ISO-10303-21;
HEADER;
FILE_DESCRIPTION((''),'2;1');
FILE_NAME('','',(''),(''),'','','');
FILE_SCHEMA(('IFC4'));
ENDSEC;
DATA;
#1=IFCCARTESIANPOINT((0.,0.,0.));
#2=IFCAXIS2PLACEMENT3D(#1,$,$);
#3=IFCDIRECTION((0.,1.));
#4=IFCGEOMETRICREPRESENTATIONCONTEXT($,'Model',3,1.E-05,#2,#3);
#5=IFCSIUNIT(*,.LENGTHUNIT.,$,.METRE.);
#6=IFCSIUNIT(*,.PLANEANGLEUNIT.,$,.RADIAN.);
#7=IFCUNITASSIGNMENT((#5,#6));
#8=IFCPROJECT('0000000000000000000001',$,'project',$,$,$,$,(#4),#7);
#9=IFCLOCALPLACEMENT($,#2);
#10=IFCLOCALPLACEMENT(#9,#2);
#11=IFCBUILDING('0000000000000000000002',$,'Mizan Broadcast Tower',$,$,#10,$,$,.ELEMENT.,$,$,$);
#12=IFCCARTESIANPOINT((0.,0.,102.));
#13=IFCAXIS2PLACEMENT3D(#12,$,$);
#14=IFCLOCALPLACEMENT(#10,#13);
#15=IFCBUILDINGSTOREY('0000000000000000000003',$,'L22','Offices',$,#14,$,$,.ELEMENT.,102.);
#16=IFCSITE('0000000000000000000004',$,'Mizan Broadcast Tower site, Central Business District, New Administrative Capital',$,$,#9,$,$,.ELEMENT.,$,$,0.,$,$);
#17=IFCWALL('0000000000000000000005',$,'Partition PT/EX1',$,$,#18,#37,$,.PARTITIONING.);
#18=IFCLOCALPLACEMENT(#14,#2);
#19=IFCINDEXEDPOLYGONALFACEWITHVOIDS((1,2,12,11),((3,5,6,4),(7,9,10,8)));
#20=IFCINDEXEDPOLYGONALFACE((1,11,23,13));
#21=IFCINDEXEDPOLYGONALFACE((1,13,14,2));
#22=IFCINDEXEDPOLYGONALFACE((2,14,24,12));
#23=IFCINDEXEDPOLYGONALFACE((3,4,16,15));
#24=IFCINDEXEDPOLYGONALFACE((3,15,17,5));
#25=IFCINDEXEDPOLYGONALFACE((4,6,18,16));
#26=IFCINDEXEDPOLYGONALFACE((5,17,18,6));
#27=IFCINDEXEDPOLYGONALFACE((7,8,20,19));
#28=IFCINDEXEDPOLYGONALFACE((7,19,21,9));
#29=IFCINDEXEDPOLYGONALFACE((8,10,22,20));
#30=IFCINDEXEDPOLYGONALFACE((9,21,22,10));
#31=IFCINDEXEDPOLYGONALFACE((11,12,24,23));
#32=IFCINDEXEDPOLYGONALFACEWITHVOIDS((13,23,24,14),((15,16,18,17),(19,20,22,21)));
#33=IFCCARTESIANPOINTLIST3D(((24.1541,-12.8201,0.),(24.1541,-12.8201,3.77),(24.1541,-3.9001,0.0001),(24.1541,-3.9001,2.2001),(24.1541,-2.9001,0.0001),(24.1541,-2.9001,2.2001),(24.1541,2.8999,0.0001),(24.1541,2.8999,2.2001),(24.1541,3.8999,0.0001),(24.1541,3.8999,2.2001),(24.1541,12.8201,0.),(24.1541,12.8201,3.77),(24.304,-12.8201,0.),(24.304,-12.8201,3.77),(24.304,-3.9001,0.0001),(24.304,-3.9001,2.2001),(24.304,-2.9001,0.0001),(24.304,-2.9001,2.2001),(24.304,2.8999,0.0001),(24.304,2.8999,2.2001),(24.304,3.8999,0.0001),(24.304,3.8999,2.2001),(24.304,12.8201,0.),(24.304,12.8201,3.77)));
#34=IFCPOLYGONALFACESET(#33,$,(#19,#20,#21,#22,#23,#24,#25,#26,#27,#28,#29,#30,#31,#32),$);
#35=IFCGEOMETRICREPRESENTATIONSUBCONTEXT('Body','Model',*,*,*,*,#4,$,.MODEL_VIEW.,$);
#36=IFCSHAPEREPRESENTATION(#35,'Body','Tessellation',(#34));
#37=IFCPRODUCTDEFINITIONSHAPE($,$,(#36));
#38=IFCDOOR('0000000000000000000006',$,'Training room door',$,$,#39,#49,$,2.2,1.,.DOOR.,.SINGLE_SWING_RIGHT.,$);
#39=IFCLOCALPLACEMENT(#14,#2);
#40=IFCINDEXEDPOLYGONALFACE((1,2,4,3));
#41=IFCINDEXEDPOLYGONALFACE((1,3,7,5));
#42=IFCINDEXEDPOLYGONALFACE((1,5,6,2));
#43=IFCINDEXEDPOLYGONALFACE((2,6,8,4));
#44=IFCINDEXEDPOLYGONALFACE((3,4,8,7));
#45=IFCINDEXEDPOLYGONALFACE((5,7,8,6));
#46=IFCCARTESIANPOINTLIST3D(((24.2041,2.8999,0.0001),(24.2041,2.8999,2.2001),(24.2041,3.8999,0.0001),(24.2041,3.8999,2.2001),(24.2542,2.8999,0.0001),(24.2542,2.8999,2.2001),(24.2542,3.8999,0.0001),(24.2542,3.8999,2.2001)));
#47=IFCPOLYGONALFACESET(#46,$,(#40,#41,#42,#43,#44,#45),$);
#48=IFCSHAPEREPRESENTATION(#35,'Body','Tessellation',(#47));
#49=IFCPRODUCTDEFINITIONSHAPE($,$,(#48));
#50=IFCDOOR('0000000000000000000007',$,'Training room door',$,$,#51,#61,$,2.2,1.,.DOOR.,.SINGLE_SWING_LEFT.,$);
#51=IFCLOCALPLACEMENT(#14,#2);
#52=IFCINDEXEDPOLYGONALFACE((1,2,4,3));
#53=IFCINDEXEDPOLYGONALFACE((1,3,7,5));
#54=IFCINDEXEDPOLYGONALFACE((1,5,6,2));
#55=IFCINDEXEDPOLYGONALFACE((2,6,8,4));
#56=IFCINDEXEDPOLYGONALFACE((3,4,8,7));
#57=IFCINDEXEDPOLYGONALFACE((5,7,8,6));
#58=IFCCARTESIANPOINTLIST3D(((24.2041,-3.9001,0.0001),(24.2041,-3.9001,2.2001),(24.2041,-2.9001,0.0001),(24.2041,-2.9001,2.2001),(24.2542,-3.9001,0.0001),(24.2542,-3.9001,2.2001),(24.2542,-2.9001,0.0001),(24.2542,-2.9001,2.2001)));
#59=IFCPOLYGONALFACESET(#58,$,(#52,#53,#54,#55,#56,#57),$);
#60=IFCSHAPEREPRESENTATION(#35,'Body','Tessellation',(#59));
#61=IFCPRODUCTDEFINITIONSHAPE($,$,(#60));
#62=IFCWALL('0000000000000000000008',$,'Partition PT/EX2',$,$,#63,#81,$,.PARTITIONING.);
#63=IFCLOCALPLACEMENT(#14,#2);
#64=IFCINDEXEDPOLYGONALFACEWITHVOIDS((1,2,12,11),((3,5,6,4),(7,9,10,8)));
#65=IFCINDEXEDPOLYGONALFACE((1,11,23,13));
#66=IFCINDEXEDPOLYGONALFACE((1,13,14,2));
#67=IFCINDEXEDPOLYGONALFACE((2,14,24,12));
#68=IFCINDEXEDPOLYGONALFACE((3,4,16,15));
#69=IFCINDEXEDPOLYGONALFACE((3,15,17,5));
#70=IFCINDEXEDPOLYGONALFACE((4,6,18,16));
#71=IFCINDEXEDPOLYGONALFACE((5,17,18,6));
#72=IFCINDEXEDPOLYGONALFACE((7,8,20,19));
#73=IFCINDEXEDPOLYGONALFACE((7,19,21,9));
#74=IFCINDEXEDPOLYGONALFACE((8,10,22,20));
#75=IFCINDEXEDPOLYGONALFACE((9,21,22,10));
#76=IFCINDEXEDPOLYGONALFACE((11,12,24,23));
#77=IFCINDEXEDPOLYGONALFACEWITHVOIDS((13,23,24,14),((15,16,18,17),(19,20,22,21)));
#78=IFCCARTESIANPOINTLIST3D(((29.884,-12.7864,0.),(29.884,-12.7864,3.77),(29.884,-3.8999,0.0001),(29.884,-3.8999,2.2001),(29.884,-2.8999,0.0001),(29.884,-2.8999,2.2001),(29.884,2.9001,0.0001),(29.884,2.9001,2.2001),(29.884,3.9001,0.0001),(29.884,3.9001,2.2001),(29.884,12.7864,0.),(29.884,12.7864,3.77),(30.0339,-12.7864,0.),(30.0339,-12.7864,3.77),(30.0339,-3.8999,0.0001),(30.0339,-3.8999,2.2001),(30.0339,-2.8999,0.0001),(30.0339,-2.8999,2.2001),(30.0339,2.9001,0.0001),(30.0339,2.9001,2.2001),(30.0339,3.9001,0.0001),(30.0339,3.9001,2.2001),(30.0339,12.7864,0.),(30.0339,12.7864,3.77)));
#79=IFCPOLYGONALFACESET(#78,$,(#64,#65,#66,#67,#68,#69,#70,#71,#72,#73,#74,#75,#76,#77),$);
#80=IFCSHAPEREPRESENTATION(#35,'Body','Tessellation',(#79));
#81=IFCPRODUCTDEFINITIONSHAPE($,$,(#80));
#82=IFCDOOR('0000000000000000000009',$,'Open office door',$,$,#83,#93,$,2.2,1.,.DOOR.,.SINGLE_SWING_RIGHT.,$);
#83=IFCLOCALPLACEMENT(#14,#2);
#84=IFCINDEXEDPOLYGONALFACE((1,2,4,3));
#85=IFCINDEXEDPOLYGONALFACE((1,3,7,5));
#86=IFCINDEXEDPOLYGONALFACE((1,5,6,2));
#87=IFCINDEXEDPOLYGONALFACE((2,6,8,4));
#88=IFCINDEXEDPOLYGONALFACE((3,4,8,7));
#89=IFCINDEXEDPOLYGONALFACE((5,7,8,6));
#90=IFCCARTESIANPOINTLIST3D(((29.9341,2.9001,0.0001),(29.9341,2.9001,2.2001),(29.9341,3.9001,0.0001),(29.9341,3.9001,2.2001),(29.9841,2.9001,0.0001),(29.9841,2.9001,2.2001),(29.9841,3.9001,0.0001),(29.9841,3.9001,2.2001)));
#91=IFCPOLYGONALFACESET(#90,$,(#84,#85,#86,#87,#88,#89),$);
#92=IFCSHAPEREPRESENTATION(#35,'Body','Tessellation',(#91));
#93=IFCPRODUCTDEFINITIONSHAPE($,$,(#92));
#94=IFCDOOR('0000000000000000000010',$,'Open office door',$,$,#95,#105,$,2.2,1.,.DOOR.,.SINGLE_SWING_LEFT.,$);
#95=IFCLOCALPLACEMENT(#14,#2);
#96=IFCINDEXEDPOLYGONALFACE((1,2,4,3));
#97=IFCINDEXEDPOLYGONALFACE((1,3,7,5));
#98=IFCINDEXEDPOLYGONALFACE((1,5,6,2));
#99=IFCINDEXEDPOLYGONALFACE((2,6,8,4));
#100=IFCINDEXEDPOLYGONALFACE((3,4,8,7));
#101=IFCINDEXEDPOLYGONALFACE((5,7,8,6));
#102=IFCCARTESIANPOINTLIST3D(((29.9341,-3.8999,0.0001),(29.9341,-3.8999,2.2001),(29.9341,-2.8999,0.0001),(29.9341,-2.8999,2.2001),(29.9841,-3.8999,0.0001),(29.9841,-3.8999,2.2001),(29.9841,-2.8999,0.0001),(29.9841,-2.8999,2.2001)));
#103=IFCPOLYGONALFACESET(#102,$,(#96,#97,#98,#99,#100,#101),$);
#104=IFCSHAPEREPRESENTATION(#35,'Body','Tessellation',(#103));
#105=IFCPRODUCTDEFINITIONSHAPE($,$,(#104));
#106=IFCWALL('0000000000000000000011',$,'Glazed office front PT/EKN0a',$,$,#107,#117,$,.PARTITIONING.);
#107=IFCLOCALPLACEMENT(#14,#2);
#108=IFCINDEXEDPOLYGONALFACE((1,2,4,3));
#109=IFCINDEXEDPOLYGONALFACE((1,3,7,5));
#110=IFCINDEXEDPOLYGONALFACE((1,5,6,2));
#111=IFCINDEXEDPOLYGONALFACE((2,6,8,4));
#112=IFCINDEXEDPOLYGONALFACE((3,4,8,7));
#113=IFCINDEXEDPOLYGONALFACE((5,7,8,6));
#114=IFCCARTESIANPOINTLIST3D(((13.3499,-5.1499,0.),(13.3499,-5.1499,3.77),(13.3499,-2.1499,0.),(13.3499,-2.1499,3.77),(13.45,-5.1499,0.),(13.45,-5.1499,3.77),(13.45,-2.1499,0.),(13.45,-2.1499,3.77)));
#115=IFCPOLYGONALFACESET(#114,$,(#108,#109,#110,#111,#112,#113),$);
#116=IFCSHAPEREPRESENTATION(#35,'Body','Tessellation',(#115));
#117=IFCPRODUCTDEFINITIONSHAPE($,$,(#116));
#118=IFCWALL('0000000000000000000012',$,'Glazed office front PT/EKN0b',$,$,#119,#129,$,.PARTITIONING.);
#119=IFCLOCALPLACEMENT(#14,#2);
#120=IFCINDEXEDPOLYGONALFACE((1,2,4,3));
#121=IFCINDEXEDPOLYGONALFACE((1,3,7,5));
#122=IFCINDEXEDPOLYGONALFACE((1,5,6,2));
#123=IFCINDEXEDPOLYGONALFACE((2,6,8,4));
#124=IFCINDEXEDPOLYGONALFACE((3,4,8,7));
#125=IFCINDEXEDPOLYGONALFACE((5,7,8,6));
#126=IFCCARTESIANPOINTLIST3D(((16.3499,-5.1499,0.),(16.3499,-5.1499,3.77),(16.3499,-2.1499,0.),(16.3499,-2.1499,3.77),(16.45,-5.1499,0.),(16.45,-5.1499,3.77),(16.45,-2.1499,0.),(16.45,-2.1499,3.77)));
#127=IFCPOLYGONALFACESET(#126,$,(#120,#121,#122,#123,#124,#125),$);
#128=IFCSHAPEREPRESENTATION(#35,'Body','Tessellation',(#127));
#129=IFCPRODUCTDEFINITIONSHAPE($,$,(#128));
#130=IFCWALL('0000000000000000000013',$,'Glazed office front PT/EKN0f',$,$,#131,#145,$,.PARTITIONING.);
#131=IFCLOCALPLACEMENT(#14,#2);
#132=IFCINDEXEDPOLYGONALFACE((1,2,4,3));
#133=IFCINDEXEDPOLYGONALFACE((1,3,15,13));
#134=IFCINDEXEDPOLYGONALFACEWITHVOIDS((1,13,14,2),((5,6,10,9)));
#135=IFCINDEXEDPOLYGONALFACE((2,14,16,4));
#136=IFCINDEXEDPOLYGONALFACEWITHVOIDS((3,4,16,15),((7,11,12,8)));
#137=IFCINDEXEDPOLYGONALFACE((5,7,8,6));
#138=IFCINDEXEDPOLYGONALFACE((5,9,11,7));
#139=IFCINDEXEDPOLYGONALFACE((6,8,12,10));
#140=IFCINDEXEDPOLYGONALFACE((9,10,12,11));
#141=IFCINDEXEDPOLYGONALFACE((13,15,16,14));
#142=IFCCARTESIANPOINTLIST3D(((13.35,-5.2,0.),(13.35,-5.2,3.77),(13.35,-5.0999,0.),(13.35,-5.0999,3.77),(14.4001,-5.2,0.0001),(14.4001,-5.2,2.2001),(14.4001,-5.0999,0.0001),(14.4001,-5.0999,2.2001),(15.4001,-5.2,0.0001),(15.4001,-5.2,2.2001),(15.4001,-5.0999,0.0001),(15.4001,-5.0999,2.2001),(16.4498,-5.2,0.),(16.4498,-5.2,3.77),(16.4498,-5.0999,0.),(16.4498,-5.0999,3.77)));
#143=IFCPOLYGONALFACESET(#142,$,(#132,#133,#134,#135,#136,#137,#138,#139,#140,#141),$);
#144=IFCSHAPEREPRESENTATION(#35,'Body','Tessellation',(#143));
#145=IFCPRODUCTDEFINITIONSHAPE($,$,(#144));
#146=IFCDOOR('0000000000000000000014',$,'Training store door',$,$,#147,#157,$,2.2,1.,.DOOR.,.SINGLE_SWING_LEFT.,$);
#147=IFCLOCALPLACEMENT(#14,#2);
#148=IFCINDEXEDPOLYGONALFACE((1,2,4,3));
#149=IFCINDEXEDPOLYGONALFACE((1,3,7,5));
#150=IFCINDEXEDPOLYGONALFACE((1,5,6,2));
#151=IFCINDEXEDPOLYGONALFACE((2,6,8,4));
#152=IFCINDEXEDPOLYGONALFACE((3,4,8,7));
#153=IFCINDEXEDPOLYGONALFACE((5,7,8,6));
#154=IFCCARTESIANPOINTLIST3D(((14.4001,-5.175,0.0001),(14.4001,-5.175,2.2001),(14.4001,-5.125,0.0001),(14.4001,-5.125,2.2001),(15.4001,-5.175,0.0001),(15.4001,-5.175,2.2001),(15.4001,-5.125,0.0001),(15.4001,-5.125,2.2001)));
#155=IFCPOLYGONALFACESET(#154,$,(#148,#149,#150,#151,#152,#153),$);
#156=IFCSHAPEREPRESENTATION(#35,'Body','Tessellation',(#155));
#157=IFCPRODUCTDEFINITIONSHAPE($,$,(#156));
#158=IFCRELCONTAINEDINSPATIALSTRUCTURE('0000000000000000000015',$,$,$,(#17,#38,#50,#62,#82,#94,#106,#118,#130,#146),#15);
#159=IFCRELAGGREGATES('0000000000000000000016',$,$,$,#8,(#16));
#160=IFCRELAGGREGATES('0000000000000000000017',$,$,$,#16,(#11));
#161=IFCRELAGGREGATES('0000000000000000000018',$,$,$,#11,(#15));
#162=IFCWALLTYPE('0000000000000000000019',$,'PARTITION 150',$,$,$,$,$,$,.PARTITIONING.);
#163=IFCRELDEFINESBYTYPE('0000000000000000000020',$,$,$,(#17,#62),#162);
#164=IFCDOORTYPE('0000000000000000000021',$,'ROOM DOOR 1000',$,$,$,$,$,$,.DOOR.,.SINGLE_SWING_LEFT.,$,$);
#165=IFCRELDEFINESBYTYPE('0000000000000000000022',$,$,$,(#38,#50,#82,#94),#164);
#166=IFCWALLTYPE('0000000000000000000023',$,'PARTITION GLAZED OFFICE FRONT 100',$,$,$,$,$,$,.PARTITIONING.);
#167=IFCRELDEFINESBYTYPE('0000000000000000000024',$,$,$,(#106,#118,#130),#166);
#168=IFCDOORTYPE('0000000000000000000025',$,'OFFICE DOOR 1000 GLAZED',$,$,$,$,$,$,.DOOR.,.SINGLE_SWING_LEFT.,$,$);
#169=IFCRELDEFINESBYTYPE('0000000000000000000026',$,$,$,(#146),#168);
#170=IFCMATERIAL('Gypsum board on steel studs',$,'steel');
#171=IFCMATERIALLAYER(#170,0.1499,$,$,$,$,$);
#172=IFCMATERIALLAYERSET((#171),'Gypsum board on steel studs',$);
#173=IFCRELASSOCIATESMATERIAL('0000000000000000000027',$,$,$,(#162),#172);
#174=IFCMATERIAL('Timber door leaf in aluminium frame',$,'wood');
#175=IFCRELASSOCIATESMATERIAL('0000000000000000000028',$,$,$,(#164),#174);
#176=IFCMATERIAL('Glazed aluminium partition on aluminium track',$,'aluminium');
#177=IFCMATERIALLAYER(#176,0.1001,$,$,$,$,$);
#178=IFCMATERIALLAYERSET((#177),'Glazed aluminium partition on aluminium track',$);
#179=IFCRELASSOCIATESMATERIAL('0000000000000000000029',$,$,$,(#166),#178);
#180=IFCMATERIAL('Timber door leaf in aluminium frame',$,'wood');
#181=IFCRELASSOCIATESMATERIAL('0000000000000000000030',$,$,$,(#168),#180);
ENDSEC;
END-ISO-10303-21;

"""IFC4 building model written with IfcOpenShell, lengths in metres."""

from ifc_helpers import new_model, si_unit, direction, frame, frame_2d, origin, place, context, subcontext, project, spatial, rectangle, extrude, material, layer, layer_set, type_object, element, fill, save


model = new_model("IFC4")

# Units and contexts
model_context = context("Model", 3, precision=1e-05, world=origin(), true_north=direction((0.0, 1.0)))
body_context = subcontext(model_context, "Body", "Model", "MODEL_VIEW")
ifc_project = project(units=[si_unit("LENGTHUNIT", "METRE"), si_unit("PLANEANGLEUNIT", "RADIAN")], contexts=[model_context])

# Site, building, storey
site_placement = place(None, origin())
site = spatial("IfcSite", under=ifc_project, at=site_placement, Name="Mizan Broadcast Tower site, Central Business District, New Administrative Capital", CompositionType="ELEMENT", RefElevation=0.0)
building_placement = place(site_placement, origin())
building = spatial("IfcBuilding", under=site, at=building_placement, Name="Mizan Broadcast Tower", CompositionType="ELEMENT")
storey_placement = place(building_placement, frame((0.0, 0.0, 102.0)))
storey = spatial("IfcBuildingStorey", under=building, at=storey_placement, Name="L22", Description="Offices", CompositionType="ELEMENT", Elevation=102.0)

# Walls, openings, doors
ifc_material_1 = material(Name="Gypsum board on steel studs", Category="steel")
ifc_layer_1 = layer(ifc_material_1, 0.1499)
ifc_layer_set_1 = layer_set([ifc_layer_1], Name="Gypsum board on steel studs")
wall_type_1 = type_object("IfcWallType", Name="PARTITION 150", PredefinedType="PARTITIONING", material=ifc_layer_set_1)
wall_1_placement = place(storey_placement, frame((24.229, -12.8201, 0.0), z_axis=(0.0, 0.0, 1.0), x_axis=(0.0, 1.0, 0.0)))
wall_1 = element("IfcWall", 1, at=wall_1_placement, inside=storey, type_object=wall_type_1, Name="Partition PT/EX1", PredefinedType="PARTITIONING", context=body_context, shape_type="SweptSolid", body=[
    extrude(rectangle(XDim=25.6401, YDim=0.1499, at=frame_2d((12.8201, 0.0))), origin(), (0.0, 0.0, 1.0), 3.77),
])
opening_1_placement = place(wall_1_placement, frame((15.72, 0.0, 0.0)))
opening_1 = element("IfcOpeningElement", 2, at=opening_1_placement, cuts=wall_1, PredefinedType="OPENING", context=body_context, shape_type="SweptSolid", body=[
    extrude(rectangle(XDim=1.0, YDim=2.2, at=frame_2d((0.5, 1.1001))), frame((0.0, 0.085, 0.0), z_axis=(0.0, -1.0, 0.0), x_axis=(1.0, 0.0, 0.0)), (0.0, 0.0, 1.0), 0.1699),
])
opening_2_placement = place(wall_1_placement, frame((8.9199, 0.0, 0.0)))
opening_2 = element("IfcOpeningElement", 3, at=opening_2_placement, cuts=wall_1, PredefinedType="OPENING", context=body_context, shape_type="SweptSolid", body=[
    extrude(rectangle(XDim=1.0, YDim=2.2, at=frame_2d((0.5, 1.1001))), frame((0.0, 0.085, 0.0), z_axis=(0.0, -1.0, 0.0), x_axis=(1.0, 0.0, 0.0)), (0.0, 0.0, 1.0), 0.1699),
])
ifc_material_2 = material(Name="Timber door leaf in aluminium frame", Category="wood")
door_type_1 = type_object("IfcDoorType", Name="ROOM DOOR 1000", OperationType="SINGLE_SWING_LEFT", PredefinedType="DOOR", material=ifc_material_2)
door_1_placement = place(opening_1_placement, origin())
door_1 = element("IfcDoor", 4, at=door_1_placement, inside=storey, type_object=door_type_1, Name="Training room door", OperationType="SINGLE_SWING_RIGHT", OverallHeight=2.2, OverallWidth=1.0, PredefinedType="DOOR", context=body_context, shape_type="SweptSolid", body=[
    extrude(rectangle(XDim=1.0, YDim=2.2, at=frame_2d((0.5, 1.1001))), frame((0.0, 0.0249, 0.0), z_axis=(0.0, -1.0, 0.0), x_axis=(1.0, 0.0, 0.0)), (0.0, 0.0, 1.0), 0.05),
])
fill(opening_1, door_1)
door_2_placement = place(opening_2_placement, origin())
door_2 = element("IfcDoor", 5, at=door_2_placement, inside=storey, type_object=door_type_1, Name="Training room door", OperationType="SINGLE_SWING_LEFT", OverallHeight=2.2, OverallWidth=1.0, PredefinedType="DOOR", context=body_context, shape_type="SweptSolid", body=[
    extrude(rectangle(XDim=1.0, YDim=2.2, at=frame_2d((0.5, 1.1001))), frame((0.0, 0.0249, 0.0), z_axis=(0.0, -1.0, 0.0), x_axis=(1.0, 0.0, 0.0)), (0.0, 0.0, 1.0), 0.05),
])
fill(opening_2, door_2)
wall_2_placement = place(storey_placement, frame((29.959, -12.7864, 0.0), z_axis=(0.0, 0.0, 1.0), x_axis=(0.0, 1.0, 0.0)))
wall_2 = element("IfcWall", 6, at=wall_2_placement, inside=storey, type_object=wall_type_1, Name="Partition PT/EX2", PredefinedType="PARTITIONING", context=body_context, shape_type="SweptSolid", body=[
    extrude(rectangle(XDim=25.5728, YDim=0.1499, at=frame_2d((12.7864, 0.0))), origin(), (0.0, 0.0, 1.0), 3.77),
])
opening_3_placement = place(wall_2_placement, frame((15.6865, 0.0, 0.0)))
opening_3 = element("IfcOpeningElement", 7, at=opening_3_placement, cuts=wall_2, PredefinedType="OPENING", context=body_context, shape_type="SweptSolid", body=[
    extrude(rectangle(XDim=1.0, YDim=2.2, at=frame_2d((0.5, 1.1001))), frame((0.0, 0.085, 0.0), z_axis=(0.0, -1.0, 0.0), x_axis=(1.0, 0.0, 0.0)), (0.0, 0.0, 1.0), 0.1699),
])
opening_4_placement = place(wall_2_placement, frame((8.8865, 0.0, 0.0)))
opening_4 = element("IfcOpeningElement", 8, at=opening_4_placement, cuts=wall_2, PredefinedType="OPENING", context=body_context, shape_type="SweptSolid", body=[
    extrude(rectangle(XDim=1.0, YDim=2.2, at=frame_2d((0.5, 1.1001))), frame((0.0, 0.085, 0.0), z_axis=(0.0, -1.0, 0.0), x_axis=(1.0, 0.0, 0.0)), (0.0, 0.0, 1.0), 0.1699),
])
door_3_placement = place(opening_3_placement, origin())
door_3 = element("IfcDoor", 9, at=door_3_placement, inside=storey, type_object=door_type_1, Name="Open office door", OperationType="SINGLE_SWING_RIGHT", OverallHeight=2.2, OverallWidth=1.0, PredefinedType="DOOR", context=body_context, shape_type="SweptSolid", body=[
    extrude(rectangle(XDim=1.0, YDim=2.2, at=frame_2d((0.5, 1.1001))), frame((0.0, 0.0249, 0.0), z_axis=(0.0, -1.0, 0.0), x_axis=(1.0, 0.0, 0.0)), (0.0, 0.0, 1.0), 0.05),
])
fill(opening_3, door_3)
door_4_placement = place(opening_4_placement, origin())
door_4 = element("IfcDoor", 10, at=door_4_placement, inside=storey, type_object=door_type_1, Name="Open office door", OperationType="SINGLE_SWING_LEFT", OverallHeight=2.2, OverallWidth=1.0, PredefinedType="DOOR", context=body_context, shape_type="SweptSolid", body=[
    extrude(rectangle(XDim=1.0, YDim=2.2, at=frame_2d((0.5, 1.1001))), frame((0.0, 0.0249, 0.0), z_axis=(0.0, -1.0, 0.0), x_axis=(1.0, 0.0, 0.0)), (0.0, 0.0, 1.0), 0.05),
])
fill(opening_4, door_4)

# Walls
ifc_material_3 = material(Name="Glazed aluminium partition on aluminium track", Category="aluminium")
ifc_layer_2 = layer(ifc_material_3, 0.1001)
ifc_layer_set_2 = layer_set([ifc_layer_2], Name="Glazed aluminium partition on aluminium track")
wall_type_2 = type_object("IfcWallType", Name="PARTITION GLAZED OFFICE FRONT 100", PredefinedType="PARTITIONING", material=ifc_layer_set_2)
for number, where, z_axis, x_axis, name in (
    (11, (13.3999, -2.1499, 0.0), (0.0, 0.0, 1.0), (0.0, -1.0, 0.0), "Glazed office front PT/EKN0a"),
    (12, (16.3999, -2.1499, 0.0), (0.0, 0.0, 1.0), (0.0, -1.0, 0.0), "Glazed office front PT/EKN0b"),
):
    element("IfcWall", number, at=place(storey_placement, frame(where, z_axis=z_axis, x_axis=x_axis)), inside=storey, type_object=wall_type_2, Name=name, PredefinedType="PARTITIONING", context=body_context, shape_type="SweptSolid", body=[
        extrude(rectangle(XDim=3.0, YDim=0.1001, at=frame_2d((1.5, 0.0))), origin(), (0.0, 0.0, 1.0), 3.77),
    ])

# Wall, opening, door
wall_3_placement = place(storey_placement, frame((13.3501, -5.1499, 0.0), z_axis=(0.0, 0.0, 1.0), x_axis=(1.0, 0.0, 0.0)))
wall_3 = element("IfcWall", 13, at=wall_3_placement, inside=storey, type_object=wall_type_2, Name="Glazed office front PT/EKN0f", PredefinedType="PARTITIONING", context=body_context, shape_type="SweptSolid", body=[
    extrude(rectangle(XDim=3.0999, YDim=0.1001, at=frame_2d((1.5498, 0.0))), origin(), (0.0, 0.0, 1.0), 3.77),
])
opening_5_placement = place(wall_3_placement, frame((1.05, 0.0, 0.0)))
opening_5 = element("IfcOpeningElement", 14, at=opening_5_placement, cuts=wall_3, PredefinedType="OPENING", context=body_context, shape_type="SweptSolid", body=[
    extrude(rectangle(XDim=1.0, YDim=2.2, at=frame_2d((0.5, 1.1001))), frame((0.0, 0.0601, 0.0), z_axis=(0.0, -1.0, 0.0), x_axis=(1.0, 0.0, 0.0)), (0.0, 0.0, 1.0), 0.1201),
])
ifc_material_4 = material(Name="Timber door leaf in aluminium frame", Category="wood")
door_type_2 = type_object("IfcDoorType", Name="OFFICE DOOR 1000 GLAZED", OperationType="SINGLE_SWING_LEFT", PredefinedType="DOOR", material=ifc_material_4)
door_5_placement = place(opening_5_placement, origin())
door_5 = element("IfcDoor", 15, at=door_5_placement, inside=storey, type_object=door_type_2, Name="Training store door", OperationType="SINGLE_SWING_LEFT", OverallHeight=2.2, OverallWidth=1.0, PredefinedType="DOOR", context=body_context, shape_type="SweptSolid", body=[
    extrude(rectangle(XDim=1.0, YDim=2.2, at=frame_2d((0.5, 1.1001))), frame((0.0, 0.0249, 0.0), z_axis=(0.0, -1.0, 0.0), x_axis=(1.0, 0.0, 0.0)), (0.0, 0.0, 1.0), 0.05),
])
fill(opening_5, door_5)

save(model, "model.ifc")
